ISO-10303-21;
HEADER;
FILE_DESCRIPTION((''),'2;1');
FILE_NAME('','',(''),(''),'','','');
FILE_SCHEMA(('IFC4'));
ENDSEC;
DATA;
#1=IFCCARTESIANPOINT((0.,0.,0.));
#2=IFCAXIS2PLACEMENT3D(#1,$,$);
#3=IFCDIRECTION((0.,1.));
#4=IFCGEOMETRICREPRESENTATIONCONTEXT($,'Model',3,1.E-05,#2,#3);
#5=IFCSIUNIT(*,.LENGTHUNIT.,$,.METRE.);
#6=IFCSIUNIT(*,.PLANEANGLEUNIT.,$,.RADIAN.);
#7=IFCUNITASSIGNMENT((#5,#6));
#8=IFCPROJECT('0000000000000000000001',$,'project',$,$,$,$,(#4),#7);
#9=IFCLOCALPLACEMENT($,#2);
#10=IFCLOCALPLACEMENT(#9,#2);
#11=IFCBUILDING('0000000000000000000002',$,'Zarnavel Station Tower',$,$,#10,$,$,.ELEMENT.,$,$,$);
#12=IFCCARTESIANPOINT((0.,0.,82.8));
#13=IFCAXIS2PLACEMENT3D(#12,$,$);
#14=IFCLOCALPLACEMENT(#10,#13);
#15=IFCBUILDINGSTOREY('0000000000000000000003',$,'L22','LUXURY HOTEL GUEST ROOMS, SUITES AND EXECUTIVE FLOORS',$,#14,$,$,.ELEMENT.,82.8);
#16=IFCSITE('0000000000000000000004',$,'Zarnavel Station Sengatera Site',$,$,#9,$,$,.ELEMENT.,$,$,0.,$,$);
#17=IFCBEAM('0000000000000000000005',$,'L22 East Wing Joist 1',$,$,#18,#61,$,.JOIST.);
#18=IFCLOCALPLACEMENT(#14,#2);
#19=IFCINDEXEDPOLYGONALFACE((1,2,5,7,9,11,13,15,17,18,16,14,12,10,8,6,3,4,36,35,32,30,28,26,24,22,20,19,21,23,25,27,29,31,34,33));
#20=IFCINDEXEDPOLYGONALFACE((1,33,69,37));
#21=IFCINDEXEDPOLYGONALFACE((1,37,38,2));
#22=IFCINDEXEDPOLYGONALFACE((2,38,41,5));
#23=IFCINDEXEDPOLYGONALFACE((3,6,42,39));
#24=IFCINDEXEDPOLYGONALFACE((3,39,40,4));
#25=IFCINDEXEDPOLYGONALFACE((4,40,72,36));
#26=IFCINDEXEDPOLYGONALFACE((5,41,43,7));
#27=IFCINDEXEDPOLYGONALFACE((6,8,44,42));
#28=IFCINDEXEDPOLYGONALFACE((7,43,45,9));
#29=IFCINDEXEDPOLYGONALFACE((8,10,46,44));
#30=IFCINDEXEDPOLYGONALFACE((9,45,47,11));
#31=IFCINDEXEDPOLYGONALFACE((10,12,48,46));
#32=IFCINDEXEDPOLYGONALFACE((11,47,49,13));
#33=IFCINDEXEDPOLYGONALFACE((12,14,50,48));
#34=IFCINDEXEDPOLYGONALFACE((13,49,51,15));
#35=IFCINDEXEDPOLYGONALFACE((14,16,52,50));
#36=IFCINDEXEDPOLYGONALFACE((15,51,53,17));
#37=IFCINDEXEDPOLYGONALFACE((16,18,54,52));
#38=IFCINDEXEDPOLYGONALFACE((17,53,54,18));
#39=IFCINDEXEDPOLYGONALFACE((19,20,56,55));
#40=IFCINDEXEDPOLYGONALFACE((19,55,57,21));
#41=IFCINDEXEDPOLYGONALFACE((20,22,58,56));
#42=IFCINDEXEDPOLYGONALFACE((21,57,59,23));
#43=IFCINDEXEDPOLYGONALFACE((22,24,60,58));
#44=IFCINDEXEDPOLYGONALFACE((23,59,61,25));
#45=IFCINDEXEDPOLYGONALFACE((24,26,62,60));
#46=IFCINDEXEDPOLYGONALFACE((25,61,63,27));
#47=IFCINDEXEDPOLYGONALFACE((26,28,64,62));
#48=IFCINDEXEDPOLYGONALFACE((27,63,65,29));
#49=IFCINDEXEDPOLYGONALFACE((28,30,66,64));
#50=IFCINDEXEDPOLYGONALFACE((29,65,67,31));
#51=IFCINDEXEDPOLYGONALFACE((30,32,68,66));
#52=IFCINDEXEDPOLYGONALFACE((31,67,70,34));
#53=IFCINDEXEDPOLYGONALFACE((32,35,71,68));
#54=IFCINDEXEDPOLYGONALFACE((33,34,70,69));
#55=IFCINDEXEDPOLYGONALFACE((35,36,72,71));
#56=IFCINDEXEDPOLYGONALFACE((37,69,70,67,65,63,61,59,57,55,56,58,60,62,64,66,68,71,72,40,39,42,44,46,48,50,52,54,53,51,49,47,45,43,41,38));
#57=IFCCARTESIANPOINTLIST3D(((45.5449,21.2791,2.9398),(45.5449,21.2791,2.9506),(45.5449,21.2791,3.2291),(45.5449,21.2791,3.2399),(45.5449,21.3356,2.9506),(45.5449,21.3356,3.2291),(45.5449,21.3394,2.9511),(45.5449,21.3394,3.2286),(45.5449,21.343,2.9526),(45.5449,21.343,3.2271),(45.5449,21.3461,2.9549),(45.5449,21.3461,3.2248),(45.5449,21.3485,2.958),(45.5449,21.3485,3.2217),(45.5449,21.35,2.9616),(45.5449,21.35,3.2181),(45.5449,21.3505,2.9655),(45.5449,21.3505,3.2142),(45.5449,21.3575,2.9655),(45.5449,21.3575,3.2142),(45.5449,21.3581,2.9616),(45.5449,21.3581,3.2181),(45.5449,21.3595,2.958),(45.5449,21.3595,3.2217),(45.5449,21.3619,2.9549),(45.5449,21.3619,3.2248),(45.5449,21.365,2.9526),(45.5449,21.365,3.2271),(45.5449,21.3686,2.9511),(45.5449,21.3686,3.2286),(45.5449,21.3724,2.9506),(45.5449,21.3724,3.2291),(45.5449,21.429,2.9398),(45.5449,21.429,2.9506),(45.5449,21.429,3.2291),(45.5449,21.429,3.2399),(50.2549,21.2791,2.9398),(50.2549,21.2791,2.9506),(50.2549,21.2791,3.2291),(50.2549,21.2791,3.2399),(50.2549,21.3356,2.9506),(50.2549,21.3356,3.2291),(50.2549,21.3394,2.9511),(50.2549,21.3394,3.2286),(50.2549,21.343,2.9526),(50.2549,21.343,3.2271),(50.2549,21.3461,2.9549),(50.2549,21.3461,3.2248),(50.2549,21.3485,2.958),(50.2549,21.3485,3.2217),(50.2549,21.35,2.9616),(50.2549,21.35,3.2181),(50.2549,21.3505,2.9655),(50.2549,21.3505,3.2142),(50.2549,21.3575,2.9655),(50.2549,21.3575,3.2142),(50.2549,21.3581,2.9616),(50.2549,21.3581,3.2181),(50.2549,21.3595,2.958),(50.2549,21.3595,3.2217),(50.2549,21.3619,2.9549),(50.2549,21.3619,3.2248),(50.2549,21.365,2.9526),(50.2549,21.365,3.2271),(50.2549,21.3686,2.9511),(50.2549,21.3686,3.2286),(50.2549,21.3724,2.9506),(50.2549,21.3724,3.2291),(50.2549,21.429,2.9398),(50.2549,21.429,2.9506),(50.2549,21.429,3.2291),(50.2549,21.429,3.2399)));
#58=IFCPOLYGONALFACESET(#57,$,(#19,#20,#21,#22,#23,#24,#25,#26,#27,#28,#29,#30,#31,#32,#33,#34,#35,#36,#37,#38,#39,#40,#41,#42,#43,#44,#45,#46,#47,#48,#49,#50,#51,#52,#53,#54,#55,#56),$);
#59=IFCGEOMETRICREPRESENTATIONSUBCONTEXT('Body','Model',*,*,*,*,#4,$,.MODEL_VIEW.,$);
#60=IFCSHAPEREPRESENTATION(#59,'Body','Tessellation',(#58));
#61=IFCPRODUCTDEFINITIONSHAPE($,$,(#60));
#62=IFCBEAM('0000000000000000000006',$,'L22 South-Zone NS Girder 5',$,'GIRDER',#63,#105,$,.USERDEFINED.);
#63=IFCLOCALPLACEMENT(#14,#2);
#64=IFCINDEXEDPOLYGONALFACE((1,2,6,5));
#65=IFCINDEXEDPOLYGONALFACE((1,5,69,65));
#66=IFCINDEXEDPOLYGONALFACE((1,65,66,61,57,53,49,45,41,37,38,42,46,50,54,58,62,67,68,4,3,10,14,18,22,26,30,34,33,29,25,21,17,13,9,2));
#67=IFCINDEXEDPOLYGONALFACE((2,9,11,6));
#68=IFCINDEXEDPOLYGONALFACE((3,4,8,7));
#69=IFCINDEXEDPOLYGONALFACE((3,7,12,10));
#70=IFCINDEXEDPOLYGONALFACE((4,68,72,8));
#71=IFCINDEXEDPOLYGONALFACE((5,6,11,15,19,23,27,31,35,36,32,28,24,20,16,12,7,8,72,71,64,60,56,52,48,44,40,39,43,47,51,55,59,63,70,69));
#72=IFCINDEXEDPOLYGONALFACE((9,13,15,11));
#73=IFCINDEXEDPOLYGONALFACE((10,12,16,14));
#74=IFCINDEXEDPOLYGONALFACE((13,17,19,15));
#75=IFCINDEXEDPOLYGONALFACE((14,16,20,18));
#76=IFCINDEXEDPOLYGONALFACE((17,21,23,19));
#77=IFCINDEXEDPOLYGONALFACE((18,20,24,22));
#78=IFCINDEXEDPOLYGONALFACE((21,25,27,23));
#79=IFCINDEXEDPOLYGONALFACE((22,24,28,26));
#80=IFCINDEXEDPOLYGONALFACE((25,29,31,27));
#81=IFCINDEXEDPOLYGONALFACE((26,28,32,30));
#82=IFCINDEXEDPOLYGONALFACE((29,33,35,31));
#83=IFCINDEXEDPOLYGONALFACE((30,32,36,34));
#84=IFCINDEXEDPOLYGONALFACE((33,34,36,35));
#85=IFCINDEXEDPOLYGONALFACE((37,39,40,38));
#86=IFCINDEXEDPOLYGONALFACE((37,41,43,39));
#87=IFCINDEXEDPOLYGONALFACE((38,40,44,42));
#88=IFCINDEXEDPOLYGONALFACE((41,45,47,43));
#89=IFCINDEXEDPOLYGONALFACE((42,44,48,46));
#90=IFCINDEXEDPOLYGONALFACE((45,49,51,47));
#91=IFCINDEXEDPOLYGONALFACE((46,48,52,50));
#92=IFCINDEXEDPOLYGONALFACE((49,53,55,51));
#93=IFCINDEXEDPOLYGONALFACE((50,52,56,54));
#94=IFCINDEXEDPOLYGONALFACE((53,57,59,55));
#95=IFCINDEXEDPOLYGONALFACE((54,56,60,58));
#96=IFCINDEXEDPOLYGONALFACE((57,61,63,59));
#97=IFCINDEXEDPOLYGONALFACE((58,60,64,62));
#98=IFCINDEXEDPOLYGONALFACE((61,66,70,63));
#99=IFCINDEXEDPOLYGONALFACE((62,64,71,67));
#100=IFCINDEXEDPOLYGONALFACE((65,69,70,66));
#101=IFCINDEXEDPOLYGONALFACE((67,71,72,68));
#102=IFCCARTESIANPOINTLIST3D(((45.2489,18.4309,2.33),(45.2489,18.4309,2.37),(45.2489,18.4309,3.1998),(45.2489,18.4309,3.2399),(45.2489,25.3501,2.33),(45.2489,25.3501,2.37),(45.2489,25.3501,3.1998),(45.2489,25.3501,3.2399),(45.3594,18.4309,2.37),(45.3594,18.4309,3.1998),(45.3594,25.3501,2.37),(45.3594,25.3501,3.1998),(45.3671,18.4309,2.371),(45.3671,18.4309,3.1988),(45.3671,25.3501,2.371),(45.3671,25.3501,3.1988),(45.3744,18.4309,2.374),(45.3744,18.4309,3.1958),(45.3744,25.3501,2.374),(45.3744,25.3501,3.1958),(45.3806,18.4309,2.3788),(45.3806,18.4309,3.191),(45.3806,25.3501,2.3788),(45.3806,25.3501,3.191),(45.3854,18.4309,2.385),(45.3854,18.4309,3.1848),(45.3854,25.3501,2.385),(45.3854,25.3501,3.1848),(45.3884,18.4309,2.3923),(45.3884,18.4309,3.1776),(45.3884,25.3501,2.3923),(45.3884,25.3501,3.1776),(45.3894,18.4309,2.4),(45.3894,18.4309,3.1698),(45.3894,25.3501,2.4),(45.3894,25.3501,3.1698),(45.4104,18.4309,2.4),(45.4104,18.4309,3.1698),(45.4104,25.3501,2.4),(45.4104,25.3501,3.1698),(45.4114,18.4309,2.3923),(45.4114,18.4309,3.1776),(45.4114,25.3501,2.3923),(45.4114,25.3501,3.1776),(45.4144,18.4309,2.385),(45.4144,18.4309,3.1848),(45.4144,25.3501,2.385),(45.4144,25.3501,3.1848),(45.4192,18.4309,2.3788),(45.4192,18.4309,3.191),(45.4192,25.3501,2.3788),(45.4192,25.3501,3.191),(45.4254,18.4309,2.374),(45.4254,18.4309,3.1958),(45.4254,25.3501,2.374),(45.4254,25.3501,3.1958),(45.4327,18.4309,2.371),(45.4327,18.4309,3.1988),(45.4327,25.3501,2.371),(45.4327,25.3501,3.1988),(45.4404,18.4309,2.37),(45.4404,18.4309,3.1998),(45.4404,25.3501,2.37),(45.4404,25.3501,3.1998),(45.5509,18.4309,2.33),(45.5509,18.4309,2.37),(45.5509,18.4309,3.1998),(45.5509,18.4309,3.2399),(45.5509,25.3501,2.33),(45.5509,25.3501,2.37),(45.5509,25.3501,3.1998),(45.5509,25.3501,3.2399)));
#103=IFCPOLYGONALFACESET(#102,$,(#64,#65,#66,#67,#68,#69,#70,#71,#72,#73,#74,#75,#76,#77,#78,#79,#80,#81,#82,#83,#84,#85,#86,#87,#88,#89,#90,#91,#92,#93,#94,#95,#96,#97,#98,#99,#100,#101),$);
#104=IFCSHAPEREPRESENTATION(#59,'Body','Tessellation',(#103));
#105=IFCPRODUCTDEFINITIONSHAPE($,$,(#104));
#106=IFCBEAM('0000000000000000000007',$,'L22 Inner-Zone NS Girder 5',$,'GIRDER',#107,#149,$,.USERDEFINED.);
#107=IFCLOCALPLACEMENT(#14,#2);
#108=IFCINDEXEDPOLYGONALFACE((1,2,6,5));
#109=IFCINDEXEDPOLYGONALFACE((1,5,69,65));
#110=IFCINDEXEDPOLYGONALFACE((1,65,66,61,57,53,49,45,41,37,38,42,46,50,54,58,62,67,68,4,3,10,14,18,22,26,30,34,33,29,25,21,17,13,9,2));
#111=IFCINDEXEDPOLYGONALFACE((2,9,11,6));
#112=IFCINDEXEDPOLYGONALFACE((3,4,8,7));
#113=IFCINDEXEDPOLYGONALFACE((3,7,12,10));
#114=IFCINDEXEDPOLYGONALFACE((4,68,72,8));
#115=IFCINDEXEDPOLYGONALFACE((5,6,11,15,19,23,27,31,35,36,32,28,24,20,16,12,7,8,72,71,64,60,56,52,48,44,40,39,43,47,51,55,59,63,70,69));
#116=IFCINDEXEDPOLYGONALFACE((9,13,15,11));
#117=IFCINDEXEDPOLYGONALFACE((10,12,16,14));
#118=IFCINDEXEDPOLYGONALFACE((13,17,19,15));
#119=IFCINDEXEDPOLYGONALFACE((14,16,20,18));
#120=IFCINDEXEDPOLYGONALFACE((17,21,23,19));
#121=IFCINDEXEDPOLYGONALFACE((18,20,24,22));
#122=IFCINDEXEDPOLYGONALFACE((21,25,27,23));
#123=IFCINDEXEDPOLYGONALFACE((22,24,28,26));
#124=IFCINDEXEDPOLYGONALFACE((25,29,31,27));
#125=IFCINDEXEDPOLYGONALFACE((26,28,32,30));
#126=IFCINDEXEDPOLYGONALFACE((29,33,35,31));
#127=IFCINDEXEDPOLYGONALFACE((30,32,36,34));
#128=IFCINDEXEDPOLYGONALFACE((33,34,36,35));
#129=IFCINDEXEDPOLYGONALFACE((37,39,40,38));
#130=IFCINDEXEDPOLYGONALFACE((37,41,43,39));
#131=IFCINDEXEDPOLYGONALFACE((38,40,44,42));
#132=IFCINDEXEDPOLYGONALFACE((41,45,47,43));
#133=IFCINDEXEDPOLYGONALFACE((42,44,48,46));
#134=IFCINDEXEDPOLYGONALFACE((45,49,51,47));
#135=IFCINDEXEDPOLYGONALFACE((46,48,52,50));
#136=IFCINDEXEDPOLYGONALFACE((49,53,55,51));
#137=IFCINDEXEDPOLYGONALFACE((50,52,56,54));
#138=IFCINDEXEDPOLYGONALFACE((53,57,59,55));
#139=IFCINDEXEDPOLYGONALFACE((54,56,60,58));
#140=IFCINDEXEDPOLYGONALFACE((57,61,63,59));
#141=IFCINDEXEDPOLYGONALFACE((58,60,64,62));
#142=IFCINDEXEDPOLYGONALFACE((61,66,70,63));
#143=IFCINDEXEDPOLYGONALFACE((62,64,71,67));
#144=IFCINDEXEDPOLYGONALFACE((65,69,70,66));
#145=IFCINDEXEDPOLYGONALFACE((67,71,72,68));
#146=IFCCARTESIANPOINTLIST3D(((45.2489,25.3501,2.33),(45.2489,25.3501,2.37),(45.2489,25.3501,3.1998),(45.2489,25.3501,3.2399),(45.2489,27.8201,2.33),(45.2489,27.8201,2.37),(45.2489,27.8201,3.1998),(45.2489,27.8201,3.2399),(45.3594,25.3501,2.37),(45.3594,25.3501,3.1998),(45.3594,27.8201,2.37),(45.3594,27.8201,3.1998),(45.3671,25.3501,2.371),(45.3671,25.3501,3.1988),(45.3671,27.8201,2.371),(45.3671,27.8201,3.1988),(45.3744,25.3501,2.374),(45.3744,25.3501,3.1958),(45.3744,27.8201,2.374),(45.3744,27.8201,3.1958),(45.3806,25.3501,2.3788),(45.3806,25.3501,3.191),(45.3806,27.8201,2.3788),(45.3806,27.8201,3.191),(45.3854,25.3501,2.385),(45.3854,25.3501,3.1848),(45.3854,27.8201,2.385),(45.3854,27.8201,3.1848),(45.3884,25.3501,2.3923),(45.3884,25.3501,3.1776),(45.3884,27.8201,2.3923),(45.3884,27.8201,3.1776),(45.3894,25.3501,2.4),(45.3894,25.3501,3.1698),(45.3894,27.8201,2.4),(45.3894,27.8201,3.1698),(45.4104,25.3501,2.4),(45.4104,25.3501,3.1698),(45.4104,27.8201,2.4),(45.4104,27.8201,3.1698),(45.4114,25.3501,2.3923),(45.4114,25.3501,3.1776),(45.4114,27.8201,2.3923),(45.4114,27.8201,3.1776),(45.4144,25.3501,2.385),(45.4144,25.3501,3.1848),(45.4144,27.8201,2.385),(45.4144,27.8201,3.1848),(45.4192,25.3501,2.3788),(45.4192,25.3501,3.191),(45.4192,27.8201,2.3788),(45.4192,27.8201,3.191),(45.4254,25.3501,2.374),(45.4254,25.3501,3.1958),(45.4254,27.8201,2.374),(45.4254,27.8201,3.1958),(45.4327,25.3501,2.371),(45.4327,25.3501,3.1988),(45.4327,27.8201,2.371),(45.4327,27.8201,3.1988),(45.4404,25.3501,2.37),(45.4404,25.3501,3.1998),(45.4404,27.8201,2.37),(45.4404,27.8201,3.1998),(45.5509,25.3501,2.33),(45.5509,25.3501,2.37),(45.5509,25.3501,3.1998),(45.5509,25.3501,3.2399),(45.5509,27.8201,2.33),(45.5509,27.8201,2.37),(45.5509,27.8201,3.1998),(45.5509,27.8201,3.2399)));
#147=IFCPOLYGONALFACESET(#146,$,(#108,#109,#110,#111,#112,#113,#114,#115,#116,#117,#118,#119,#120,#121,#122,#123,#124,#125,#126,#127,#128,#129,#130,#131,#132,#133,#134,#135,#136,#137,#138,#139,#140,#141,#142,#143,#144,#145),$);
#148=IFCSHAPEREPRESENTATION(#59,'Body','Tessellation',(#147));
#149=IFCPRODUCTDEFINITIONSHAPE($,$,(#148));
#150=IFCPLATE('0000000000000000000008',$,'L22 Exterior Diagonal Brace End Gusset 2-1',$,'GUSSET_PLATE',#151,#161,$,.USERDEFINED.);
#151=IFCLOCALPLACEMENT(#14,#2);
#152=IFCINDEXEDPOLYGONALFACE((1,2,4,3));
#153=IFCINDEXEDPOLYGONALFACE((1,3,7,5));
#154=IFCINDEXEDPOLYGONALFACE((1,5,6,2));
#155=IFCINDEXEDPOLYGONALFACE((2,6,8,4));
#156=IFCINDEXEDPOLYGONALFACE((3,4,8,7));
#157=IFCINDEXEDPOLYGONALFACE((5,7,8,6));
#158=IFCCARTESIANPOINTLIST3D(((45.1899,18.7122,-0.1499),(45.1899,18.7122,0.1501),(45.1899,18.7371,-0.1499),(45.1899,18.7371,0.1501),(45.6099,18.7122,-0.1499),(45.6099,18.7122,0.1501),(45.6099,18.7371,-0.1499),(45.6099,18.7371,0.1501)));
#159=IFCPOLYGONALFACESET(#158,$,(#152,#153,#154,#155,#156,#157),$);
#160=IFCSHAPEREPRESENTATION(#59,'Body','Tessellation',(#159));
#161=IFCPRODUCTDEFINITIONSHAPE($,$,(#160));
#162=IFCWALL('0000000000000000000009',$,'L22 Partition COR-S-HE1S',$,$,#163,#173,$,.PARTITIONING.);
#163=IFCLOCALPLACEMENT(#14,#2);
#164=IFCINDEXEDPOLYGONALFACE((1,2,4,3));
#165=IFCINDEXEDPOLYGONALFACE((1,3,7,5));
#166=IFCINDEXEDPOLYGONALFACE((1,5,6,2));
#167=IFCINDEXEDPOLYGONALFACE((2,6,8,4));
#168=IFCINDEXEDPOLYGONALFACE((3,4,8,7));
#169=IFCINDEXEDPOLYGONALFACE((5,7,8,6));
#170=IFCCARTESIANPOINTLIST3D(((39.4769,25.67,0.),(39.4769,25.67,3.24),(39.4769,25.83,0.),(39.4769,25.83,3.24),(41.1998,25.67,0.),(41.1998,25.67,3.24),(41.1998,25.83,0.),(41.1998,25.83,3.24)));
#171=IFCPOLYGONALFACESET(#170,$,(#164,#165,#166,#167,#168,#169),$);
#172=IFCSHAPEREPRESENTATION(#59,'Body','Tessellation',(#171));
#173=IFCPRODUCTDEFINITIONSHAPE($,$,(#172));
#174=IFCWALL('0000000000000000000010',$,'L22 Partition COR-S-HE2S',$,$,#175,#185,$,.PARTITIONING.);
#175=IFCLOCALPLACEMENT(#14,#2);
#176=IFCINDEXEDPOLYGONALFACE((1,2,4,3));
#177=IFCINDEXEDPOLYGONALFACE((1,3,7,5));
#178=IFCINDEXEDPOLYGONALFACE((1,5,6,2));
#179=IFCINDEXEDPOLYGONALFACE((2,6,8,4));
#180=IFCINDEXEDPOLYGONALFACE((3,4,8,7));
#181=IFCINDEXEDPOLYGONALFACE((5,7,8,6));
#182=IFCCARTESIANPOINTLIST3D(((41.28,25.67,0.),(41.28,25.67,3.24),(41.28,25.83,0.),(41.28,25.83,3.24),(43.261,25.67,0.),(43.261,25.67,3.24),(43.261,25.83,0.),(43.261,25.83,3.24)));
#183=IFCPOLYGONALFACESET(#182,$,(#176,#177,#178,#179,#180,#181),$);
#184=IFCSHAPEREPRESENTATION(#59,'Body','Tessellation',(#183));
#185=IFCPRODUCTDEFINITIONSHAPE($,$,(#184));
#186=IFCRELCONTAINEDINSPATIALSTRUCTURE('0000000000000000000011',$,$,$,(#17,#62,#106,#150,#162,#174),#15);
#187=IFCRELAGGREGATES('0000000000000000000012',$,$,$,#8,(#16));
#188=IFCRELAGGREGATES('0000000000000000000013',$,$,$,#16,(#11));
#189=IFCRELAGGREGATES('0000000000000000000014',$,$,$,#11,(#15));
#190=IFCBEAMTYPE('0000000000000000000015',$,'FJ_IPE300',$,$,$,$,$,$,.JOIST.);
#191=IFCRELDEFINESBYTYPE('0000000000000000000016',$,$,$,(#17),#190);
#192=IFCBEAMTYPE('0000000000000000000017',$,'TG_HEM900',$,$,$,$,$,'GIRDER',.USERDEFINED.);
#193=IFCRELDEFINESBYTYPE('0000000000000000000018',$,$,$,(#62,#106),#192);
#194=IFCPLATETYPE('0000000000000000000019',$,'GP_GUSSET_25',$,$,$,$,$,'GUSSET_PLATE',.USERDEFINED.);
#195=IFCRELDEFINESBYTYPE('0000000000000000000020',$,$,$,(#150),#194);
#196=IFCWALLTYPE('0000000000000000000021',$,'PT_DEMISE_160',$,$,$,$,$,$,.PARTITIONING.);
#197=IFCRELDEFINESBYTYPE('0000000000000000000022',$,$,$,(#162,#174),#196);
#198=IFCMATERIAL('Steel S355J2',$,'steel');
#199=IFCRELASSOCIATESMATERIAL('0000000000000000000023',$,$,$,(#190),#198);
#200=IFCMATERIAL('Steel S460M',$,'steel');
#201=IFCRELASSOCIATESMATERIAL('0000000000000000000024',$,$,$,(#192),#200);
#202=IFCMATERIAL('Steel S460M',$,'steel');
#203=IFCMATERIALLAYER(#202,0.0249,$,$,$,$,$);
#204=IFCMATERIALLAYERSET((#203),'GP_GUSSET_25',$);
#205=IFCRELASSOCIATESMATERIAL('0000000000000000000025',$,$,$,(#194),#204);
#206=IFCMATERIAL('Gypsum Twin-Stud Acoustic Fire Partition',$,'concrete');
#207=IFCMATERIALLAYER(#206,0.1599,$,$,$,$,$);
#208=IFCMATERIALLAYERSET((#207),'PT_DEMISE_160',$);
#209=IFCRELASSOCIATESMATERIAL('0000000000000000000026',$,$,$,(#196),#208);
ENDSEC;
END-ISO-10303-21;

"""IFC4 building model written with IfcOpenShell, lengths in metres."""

from ifc_helpers import new_model, si_unit, direction, frame, frame_2d, origin, origin_2d, place, context, subcontext, project, spatial, rectangle, i_section, extrude, material, layer, layer_set, material_profile, profile_set, type_object, element, save


model = new_model("IFC4")

# Units and contexts
model_context = context("Model", 3, precision=1e-05, world=origin(), true_north=direction((0.0, 1.0)))
body_context = subcontext(model_context, "Body", "Model", "MODEL_VIEW")
ifc_project = project(units=[si_unit("LENGTHUNIT", "METRE"), si_unit("PLANEANGLEUNIT", "RADIAN")], contexts=[model_context])

# Site, building, storey
site_placement = place(None, origin())
site = spatial("IfcSite", under=ifc_project, at=site_placement, Name="Zarnavel Station Sengatera Site", CompositionType="ELEMENT", RefElevation=0.0)
building_placement = place(site_placement, origin())
building = spatial("IfcBuilding", under=site, at=building_placement, Name="Zarnavel Station Tower", CompositionType="ELEMENT")
storey_placement = place(building_placement, frame((0.0, 0.0, 82.8)))
storey = spatial("IfcBuildingStorey", under=building, at=storey_placement, Name="L22", Description="LUXURY HOTEL GUEST ROOMS, SUITES AND EXECUTIVE FLOORS", CompositionType="ELEMENT", Elevation=82.8)

# Beams
ifc_material_1 = material(Name="Steel S355J2", Category="steel")
ifc_material_profile_1 = material_profile(ifc_material_1, i_section(OverallWidth=0.1499, OverallDepth=0.3, WebThickness=0.0071, FlangeThickness=0.0107, FilletRadius=0.0149, at=origin_2d()), Name="IPE300")
ifc_profile_set_1 = profile_set([ifc_material_profile_1], Name="Steel S355J2")
beam_type_1 = type_object("IfcBeamType", Name="FJ_IPE300", PredefinedType="JOIST", material=ifc_profile_set_1)
beam_1_placement = place(storey_placement, frame((45.5449, 21.354, 3.0898), z_axis=(1.0, 0.0, 0.0), x_axis=(0.0, 1.0, 0.0)))
element("IfcBeam", 1, at=beam_1_placement, inside=storey, type_object=beam_type_1, Name="L22 East Wing Joist 1", PredefinedType="JOIST", context=body_context, shape_type="SweptSolid", body=[
    extrude(i_section(OverallWidth=0.1499, OverallDepth=0.3, WebThickness=0.0071, FlangeThickness=0.0107, FilletRadius=0.0149, at=origin_2d()), origin(), (0.0, 0.0, 1.0), 4.71),
])
ifc_material_2 = material(Name="Steel S460M", Category="steel")
ifc_material_profile_2 = material_profile(ifc_material_2, i_section(OverallWidth=0.302, OverallDepth=0.9099, WebThickness=0.021, FlangeThickness=0.04, FilletRadius=0.03, at=origin_2d()), Name="HEM900")
ifc_profile_set_2 = profile_set([ifc_material_profile_2], Name="Steel S460M")
beam_type_2 = type_object("IfcBeamType", Name="TG_HEM900", ElementType="GIRDER", PredefinedType="USERDEFINED", material=ifc_profile_set_2)
beam_2_placement = place(storey_placement, frame((45.3999, 18.4309, 2.7849), z_axis=(0.0, 1.0, 0.0), x_axis=(-1.0, 0.0, 0.0)))
element("IfcBeam", 2, at=beam_2_placement, inside=storey, type_object=beam_type_2, Name="L22 South-Zone NS Girder 5", ObjectType="GIRDER", PredefinedType="USERDEFINED", context=body_context, shape_type="SweptSolid", body=[
    extrude(i_section(OverallWidth=0.302, OverallDepth=0.9099, WebThickness=0.021, FlangeThickness=0.04, FilletRadius=0.03, at=origin_2d()), origin(), (0.0, 0.0, 1.0), 6.9192),
])
beam_3_placement = place(storey_placement, frame((45.3999, 25.3501, 2.7849), z_axis=(0.0, 1.0, 0.0), x_axis=(-1.0, 0.0, 0.0)))
element("IfcBeam", 3, at=beam_3_placement, inside=storey, type_object=beam_type_2, Name="L22 Inner-Zone NS Girder 5", ObjectType="GIRDER", PredefinedType="USERDEFINED", context=body_context, shape_type="SweptSolid", body=[
    extrude(i_section(OverallWidth=0.302, OverallDepth=0.9099, WebThickness=0.021, FlangeThickness=0.04, FilletRadius=0.03, at=origin_2d()), origin(), (0.0, 0.0, 1.0), 2.47),
])

# Plate
ifc_material_3 = material(Name="Steel S460M", Category="steel")
ifc_layer_1 = layer(ifc_material_3, 0.0249)
ifc_layer_set_1 = layer_set([ifc_layer_1], Name="GP_GUSSET_25")
plate_type = type_object("IfcPlateType", Name="GP_GUSSET_25", ElementType="GUSSET_PLATE", PredefinedType="USERDEFINED", material=ifc_layer_set_1)
plate_placement = place(storey_placement, frame((45.3999, 18.7246, -0.1499), z_axis=(0.0, 0.0, 1.0), x_axis=(1.0, 0.0, 0.0)))
element("IfcPlate", 4, at=plate_placement, inside=storey, type_object=plate_type, Name="L22 Exterior Diagonal Brace End Gusset 2-1", ObjectType="GUSSET_PLATE", PredefinedType="USERDEFINED", context=body_context, shape_type="SweptSolid", body=[
    extrude(rectangle(XDim=0.4199, YDim=0.0249, at=origin_2d()), origin(), (0.0, 0.0, 1.0), 0.3),
])

# Wall
ifc_material_4 = material(Name="Gypsum Twin-Stud Acoustic Fire Partition", Category="concrete")
ifc_layer_2 = layer(ifc_material_4, 0.1599)
ifc_layer_set_2 = layer_set([ifc_layer_2], Name="PT_DEMISE_160")
wall_type_1 = type_object("IfcWallType", Name="PT_DEMISE_160", PredefinedType="PARTITIONING", material=ifc_layer_set_2)
wall_1_placement = place(storey_placement, frame((39.4771, 25.75, 0.0), z_axis=(0.0, 0.0, 1.0), x_axis=(1.0, 0.0, 0.0)))
element("IfcWall", 5, at=wall_1_placement, inside=storey, type_object=wall_type_1, Name="L22 Partition COR-S-HE1S", PredefinedType="PARTITIONING", context=body_context, shape_type="SweptSolid", body=[
    extrude(rectangle(XDim=1.7229, YDim=0.1599, at=frame_2d((0.8613, 0.0))), origin(), (0.0, 0.0, 1.0), 3.24),
])

# Wall
wall_2_placement = place(storey_placement, frame((41.28, 25.75, 0.0), z_axis=(0.0, 0.0, 1.0), x_axis=(1.0, 0.0, 0.0)))
element("IfcWall", 6, at=wall_2_placement, inside=storey, type_object=wall_type_1, Name="L22 Partition COR-S-HE2S", PredefinedType="PARTITIONING", context=body_context, shape_type="SweptSolid", body=[
    extrude(rectangle(XDim=1.981, YDim=0.1599, at=frame_2d((0.9905, 0.0))), origin(), (0.0, 0.0, 1.0), 3.24),
])

save(model, "model.ifc")
